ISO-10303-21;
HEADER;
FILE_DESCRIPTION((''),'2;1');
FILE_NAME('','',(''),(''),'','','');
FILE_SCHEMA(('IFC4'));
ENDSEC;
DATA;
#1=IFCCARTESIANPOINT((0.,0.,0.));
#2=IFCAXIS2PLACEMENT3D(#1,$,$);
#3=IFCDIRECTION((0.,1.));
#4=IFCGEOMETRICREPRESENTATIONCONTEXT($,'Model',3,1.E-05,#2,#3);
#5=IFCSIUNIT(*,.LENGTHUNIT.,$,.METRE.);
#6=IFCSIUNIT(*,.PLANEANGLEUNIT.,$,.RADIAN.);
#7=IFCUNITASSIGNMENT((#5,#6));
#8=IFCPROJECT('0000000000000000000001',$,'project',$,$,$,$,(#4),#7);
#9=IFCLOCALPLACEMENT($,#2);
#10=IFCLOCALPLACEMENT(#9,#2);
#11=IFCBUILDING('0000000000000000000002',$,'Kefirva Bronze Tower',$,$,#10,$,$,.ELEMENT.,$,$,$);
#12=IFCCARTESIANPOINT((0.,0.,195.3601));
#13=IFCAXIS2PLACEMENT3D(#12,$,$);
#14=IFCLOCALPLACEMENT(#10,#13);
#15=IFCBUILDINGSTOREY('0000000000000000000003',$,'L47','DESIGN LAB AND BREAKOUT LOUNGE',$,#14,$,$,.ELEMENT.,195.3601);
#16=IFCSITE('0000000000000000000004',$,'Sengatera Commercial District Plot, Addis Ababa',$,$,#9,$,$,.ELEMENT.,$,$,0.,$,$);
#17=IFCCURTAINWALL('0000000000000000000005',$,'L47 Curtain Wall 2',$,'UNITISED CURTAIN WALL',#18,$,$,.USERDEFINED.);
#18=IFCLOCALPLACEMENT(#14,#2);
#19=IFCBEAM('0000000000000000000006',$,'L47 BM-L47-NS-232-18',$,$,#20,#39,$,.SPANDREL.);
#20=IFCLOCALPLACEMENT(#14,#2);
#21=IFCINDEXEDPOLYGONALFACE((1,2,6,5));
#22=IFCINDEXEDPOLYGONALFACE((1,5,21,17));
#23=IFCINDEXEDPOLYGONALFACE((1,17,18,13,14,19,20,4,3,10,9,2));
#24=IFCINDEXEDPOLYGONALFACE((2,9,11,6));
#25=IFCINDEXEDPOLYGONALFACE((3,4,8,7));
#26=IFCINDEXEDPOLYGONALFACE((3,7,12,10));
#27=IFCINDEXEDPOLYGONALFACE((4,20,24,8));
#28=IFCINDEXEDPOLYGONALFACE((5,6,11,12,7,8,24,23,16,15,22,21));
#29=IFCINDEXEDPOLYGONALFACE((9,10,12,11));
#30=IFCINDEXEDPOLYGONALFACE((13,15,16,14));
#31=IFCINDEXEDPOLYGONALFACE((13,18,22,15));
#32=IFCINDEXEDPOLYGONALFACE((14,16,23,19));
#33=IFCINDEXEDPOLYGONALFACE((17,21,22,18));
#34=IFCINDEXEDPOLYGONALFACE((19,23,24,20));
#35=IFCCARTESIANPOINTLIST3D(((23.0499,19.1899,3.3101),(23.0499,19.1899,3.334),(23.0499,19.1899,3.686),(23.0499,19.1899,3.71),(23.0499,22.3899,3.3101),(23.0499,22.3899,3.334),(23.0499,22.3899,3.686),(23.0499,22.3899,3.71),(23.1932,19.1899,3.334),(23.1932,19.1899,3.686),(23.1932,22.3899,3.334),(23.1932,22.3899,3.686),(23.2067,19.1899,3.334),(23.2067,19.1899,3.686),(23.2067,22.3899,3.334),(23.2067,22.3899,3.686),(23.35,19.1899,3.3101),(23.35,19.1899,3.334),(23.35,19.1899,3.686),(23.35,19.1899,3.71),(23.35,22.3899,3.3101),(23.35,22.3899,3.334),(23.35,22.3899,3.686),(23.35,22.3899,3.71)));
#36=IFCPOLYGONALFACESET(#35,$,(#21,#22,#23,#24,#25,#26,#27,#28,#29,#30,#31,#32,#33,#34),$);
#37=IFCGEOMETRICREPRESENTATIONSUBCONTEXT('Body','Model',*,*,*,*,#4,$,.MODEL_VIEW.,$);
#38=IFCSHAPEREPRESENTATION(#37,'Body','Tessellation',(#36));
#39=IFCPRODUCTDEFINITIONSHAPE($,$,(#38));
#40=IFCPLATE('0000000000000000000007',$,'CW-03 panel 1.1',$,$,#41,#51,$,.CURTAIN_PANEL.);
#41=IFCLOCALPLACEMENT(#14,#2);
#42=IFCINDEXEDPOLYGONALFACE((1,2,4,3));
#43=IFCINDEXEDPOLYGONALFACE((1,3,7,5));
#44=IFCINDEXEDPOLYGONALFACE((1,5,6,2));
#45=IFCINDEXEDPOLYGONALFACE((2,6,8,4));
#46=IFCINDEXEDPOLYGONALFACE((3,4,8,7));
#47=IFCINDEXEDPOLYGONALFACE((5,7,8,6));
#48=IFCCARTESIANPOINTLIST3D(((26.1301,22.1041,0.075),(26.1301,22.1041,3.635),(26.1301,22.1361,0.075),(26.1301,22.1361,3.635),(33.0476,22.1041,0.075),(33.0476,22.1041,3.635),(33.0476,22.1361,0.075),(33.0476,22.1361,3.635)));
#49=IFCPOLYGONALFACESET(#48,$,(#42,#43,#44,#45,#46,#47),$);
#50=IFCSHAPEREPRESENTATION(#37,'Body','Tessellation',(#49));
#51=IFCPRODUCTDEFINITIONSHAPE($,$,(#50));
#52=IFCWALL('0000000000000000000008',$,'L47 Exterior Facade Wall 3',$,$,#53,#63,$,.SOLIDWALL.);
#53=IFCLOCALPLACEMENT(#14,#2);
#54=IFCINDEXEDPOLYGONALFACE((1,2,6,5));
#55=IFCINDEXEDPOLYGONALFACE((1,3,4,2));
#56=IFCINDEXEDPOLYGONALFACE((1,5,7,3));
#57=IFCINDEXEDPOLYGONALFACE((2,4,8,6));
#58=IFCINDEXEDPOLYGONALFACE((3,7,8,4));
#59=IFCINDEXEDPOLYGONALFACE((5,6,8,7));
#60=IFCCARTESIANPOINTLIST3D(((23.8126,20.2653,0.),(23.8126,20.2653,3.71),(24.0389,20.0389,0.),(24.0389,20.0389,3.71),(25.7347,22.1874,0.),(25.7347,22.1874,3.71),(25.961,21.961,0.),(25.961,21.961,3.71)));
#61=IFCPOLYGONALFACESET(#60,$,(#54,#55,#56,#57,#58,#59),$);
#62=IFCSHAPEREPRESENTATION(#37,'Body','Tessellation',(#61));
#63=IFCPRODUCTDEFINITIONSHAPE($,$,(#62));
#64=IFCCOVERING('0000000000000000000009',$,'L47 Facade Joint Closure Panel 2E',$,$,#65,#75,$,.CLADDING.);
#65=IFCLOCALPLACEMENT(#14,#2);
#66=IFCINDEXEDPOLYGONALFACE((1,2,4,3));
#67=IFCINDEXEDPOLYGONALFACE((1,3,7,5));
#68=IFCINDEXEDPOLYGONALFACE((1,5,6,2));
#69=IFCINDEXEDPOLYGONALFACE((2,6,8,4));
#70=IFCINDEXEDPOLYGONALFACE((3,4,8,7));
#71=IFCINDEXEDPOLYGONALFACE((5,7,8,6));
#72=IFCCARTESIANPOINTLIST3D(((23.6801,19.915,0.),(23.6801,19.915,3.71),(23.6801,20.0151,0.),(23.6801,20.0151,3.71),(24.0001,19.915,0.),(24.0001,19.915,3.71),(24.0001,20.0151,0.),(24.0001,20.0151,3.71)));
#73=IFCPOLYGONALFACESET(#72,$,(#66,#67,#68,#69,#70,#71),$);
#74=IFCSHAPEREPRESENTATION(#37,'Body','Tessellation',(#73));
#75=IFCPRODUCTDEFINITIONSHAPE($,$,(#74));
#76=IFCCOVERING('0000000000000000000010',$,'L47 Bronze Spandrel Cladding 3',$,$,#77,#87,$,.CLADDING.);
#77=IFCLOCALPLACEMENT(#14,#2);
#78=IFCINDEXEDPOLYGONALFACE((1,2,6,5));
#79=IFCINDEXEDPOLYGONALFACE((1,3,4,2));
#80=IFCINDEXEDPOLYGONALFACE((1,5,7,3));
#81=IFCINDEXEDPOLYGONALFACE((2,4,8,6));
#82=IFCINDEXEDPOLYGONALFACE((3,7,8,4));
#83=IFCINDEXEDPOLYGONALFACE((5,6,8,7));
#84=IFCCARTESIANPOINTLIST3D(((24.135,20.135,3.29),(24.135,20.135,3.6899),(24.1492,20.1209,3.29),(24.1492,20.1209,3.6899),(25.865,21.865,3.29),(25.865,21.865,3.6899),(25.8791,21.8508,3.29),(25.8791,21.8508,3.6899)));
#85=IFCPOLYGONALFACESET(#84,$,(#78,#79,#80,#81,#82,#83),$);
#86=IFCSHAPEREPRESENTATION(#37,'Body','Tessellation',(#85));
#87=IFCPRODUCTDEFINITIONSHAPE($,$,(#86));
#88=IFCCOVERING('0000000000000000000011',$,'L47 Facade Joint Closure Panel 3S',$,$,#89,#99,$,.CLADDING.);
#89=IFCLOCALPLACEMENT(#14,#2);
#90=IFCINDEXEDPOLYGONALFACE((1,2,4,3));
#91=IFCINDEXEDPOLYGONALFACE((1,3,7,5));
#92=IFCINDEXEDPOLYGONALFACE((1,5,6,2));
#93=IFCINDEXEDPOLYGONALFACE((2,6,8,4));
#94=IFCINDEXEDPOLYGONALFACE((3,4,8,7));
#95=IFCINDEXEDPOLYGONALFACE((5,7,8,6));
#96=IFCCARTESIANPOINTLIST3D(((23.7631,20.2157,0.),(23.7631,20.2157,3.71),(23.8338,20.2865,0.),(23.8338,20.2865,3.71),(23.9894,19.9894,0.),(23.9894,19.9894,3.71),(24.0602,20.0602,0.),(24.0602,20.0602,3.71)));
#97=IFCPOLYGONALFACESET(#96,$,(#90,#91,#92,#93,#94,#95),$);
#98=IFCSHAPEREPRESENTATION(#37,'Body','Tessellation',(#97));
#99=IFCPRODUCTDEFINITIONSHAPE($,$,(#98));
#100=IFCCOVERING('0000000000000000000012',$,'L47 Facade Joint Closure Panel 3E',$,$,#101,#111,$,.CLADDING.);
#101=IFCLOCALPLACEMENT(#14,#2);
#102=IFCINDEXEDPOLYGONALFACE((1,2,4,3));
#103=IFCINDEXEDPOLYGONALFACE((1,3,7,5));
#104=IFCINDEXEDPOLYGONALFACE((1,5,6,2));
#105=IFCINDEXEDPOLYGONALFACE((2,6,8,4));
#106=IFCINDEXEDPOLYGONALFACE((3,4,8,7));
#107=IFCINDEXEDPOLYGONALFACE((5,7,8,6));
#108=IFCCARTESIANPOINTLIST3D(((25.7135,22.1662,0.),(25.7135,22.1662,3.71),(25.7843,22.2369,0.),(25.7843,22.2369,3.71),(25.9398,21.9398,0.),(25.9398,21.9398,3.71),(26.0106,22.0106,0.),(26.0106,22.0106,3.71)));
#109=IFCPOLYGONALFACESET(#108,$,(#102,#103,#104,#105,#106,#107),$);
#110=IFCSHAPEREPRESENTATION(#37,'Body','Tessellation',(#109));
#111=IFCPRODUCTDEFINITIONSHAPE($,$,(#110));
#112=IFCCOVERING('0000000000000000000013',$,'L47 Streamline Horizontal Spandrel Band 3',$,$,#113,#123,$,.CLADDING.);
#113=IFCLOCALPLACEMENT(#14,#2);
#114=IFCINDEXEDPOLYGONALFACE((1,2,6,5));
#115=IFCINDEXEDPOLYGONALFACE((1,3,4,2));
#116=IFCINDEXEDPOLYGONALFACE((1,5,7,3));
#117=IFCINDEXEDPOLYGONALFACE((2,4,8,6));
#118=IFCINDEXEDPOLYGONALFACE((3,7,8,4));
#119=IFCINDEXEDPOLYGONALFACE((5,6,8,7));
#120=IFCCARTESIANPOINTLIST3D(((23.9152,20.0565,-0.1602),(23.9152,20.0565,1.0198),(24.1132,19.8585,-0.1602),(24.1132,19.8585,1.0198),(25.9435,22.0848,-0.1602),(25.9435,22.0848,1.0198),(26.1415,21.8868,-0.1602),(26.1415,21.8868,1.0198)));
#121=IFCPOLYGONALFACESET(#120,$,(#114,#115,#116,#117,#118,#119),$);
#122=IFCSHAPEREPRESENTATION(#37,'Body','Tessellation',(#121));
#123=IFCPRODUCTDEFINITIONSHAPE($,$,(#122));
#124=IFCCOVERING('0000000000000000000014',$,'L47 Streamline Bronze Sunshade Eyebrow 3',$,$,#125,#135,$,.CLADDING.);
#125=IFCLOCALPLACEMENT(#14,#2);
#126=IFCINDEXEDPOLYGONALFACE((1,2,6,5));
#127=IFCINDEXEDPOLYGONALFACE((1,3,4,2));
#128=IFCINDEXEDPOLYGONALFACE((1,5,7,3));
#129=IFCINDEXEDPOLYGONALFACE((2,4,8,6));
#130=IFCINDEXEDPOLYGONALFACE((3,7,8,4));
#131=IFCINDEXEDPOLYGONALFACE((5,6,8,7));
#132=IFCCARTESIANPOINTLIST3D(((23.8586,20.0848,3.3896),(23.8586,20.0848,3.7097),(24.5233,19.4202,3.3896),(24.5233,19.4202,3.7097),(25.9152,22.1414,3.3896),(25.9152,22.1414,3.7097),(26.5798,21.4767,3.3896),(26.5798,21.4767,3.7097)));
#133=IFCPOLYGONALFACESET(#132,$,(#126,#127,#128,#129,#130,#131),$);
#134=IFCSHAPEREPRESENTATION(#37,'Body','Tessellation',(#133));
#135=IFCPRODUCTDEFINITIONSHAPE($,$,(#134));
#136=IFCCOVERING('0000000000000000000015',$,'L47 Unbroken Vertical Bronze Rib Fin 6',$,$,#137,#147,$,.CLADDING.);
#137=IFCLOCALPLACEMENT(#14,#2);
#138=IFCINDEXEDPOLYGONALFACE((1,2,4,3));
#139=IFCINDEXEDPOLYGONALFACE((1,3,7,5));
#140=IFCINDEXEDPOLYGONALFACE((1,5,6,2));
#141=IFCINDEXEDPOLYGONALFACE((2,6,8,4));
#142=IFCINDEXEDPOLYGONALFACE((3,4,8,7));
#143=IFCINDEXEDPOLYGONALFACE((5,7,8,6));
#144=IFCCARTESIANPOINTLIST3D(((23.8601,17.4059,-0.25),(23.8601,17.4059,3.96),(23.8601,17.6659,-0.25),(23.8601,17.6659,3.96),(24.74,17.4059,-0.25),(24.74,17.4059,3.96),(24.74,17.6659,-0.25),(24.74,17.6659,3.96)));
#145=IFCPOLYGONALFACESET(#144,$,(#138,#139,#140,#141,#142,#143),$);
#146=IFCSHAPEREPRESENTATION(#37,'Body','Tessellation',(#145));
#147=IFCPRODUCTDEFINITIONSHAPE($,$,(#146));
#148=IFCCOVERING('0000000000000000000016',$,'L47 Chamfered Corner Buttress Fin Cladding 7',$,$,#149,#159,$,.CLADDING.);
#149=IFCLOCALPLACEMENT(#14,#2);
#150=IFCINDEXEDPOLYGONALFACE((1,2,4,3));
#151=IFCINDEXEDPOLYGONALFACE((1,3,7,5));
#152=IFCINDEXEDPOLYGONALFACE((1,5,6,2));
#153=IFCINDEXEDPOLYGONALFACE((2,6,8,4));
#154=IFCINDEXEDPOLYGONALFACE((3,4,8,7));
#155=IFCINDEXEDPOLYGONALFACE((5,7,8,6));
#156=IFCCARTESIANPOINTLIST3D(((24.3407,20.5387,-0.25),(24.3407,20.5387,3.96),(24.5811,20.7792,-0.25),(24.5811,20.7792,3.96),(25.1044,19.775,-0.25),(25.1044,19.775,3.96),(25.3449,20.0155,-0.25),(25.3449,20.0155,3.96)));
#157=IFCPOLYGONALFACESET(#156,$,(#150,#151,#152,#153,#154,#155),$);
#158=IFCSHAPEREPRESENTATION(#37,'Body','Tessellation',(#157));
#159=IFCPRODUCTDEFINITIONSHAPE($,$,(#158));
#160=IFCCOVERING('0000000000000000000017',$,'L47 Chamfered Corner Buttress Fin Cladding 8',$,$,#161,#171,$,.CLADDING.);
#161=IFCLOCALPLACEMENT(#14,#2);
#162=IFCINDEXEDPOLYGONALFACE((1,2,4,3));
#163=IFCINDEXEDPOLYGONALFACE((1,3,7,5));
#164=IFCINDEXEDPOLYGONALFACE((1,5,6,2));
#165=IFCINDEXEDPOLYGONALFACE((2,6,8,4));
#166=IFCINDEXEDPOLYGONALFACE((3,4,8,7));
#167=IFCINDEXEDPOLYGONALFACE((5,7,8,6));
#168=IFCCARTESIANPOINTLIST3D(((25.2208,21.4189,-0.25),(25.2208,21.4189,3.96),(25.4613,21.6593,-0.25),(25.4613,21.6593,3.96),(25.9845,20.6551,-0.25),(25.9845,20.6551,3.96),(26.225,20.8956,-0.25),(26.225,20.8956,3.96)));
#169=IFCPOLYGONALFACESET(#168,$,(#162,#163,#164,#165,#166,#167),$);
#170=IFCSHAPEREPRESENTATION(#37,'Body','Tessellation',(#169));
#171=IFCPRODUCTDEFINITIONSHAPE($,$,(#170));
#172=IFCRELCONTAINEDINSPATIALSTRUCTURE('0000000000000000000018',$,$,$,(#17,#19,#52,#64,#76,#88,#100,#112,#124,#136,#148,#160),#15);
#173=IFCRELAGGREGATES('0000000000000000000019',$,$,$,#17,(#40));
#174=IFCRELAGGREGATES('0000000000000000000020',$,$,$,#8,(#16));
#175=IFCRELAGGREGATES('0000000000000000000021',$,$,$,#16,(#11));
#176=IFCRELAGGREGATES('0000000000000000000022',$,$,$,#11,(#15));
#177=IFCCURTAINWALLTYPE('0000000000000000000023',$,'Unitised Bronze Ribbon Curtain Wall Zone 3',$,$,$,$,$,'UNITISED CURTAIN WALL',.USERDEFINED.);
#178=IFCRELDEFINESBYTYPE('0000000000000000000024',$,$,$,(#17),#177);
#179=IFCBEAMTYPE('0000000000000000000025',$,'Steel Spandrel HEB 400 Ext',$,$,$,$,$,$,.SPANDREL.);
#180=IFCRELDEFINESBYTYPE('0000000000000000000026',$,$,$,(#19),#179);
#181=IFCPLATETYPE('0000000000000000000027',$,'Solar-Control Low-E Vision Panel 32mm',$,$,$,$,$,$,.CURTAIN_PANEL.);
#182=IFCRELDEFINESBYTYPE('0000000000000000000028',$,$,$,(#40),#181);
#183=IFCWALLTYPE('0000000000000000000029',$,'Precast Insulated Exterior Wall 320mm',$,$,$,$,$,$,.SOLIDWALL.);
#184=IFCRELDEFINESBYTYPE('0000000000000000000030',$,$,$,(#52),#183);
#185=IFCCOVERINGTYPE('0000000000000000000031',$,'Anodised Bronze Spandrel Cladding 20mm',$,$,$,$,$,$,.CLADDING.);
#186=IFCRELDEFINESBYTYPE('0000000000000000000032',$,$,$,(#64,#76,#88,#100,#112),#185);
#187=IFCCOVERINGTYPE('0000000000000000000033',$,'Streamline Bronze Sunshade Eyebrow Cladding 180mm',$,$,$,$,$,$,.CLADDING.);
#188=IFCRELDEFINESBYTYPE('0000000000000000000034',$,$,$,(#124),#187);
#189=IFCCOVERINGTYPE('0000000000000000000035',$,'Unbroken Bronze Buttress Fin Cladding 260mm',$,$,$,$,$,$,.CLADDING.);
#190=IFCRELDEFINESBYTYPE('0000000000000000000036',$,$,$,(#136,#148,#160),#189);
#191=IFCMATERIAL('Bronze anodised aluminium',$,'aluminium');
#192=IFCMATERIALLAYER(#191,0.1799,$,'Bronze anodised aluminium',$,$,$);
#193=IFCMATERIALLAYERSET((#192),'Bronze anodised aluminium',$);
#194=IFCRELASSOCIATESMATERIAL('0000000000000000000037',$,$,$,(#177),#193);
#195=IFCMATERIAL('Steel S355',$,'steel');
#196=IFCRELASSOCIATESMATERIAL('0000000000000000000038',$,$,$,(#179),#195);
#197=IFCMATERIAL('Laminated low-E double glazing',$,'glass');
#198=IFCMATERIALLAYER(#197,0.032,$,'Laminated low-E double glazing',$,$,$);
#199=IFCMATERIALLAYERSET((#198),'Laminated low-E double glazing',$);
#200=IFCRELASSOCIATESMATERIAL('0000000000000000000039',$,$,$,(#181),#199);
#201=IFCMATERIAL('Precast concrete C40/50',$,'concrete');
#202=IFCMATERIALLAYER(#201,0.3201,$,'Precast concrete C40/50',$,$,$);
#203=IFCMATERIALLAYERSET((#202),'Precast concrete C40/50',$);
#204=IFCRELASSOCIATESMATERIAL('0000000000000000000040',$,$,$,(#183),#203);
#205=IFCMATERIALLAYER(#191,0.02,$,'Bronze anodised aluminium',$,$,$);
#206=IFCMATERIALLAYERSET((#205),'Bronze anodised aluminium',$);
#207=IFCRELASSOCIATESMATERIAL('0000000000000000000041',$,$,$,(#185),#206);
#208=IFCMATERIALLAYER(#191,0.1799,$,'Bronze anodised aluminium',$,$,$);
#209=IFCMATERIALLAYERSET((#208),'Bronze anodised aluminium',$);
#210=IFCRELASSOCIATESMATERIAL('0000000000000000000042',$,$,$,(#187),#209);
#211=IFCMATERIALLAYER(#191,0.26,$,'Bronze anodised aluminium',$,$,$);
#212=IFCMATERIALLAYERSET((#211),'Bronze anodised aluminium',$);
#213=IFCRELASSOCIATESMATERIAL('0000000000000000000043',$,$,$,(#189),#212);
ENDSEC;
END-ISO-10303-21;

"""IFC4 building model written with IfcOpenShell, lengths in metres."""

from ifc_helpers import new_model, si_unit, direction, frame, frame_2d, origin, origin_2d, place, context, subcontext, project, spatial, rectangle, i_section, extrude, material, layer, layer_set, material_profile, profile_set, type_object, element, aggregate, save


model = new_model("IFC4")

# Units and contexts
model_context = context("Model", 3, precision=1e-05, world=origin(), true_north=direction((0.0, 1.0)))
body_context = subcontext(model_context, "Body", "Model", "MODEL_VIEW")
ifc_project = project(units=[si_unit("LENGTHUNIT", "METRE"), si_unit("PLANEANGLEUNIT", "RADIAN")], contexts=[model_context])

# Site, building, storey
site_placement = place(None, origin())
site = spatial("IfcSite", under=ifc_project, at=site_placement, Name="Sengatera Commercial District Plot, Addis Ababa", CompositionType="ELEMENT", RefElevation=0.0)
building_placement = place(site_placement, origin())
building = spatial("IfcBuilding", under=site, at=building_placement, Name="Kefirva Bronze Tower", CompositionType="ELEMENT")
storey_placement = place(building_placement, frame((0.0, 0.0, 195.3601)))
storey = spatial("IfcBuildingStorey", under=building, at=storey_placement, Name="L47", Description="DESIGN LAB AND BREAKOUT LOUNGE", CompositionType="ELEMENT", Elevation=195.3601)

# Curtain wall
ifc_material_1 = material(Name="Bronze anodised aluminium", Category="aluminium")
ifc_layer_1 = layer(ifc_material_1, 0.1799, Name="Bronze anodised aluminium")
ifc_layer_set_1 = layer_set([ifc_layer_1], Name="Bronze anodised aluminium")
curtain_wall_type = type_object("IfcCurtainWallType", Name="Unitised Bronze Ribbon Curtain Wall Zone 3", ElementType="UNITISED CURTAIN WALL", PredefinedType="USERDEFINED", material=ifc_layer_set_1)
curtain_wall_placement = place(storey_placement, origin())
curtain_wall = element("IfcCurtainWall", 1, at=curtain_wall_placement, inside=storey, type_object=curtain_wall_type, Name="L47 Curtain Wall 2", ObjectType="UNITISED CURTAIN WALL", PredefinedType="USERDEFINED")

# Beam
ifc_material_2 = material(Name="Steel S355", Category="steel")
ifc_material_profile_1 = material_profile(ifc_material_2, i_section(OverallWidth=0.3, OverallDepth=0.3999, WebThickness=0.0134, FlangeThickness=0.0239, at=origin_2d()), Name="HEB 400")
ifc_profile_set_1 = profile_set([ifc_material_profile_1], Name="Steel S355")
beam_type_1 = type_object("IfcBeamType", Name="Steel Spandrel HEB 400 Ext", PredefinedType="SPANDREL", material=ifc_profile_set_1)
beam_1_placement = place(storey_placement, frame((23.2, 19.1899, 3.51), z_axis=(0.0, 1.0, 0.0), x_axis=(-1.0, 0.0, 0.0)))
element("IfcBeam", 2, at=beam_1_placement, inside=storey, type_object=beam_type_1, Name="L47 BM-L47-NS-232-18", PredefinedType="SPANDREL", context=body_context, shape_type="SweptSolid", body=[
    extrude(i_section(OverallWidth=0.3, OverallDepth=0.3999, WebThickness=0.0134, FlangeThickness=0.0239, at=origin_2d()), origin(), (0.0, 0.0, 1.0), 3.2),
])

# Plate
ifc_material_3 = material(Name="Laminated low-E double glazing", Category="glass")
ifc_layer_2 = layer(ifc_material_3, 0.032, Name="Laminated low-E double glazing")
ifc_layer_set_2 = layer_set([ifc_layer_2], Name="Laminated low-E double glazing")
plate_type = type_object("IfcPlateType", Name="Solar-Control Low-E Vision Panel 32mm", PredefinedType="CURTAIN_PANEL", material=ifc_layer_set_2)
plate_placement = place(storey_placement, frame((29.5889, 22.1201, 0.075), z_axis=(0.0, 0.0, 1.0), x_axis=(1.0, 0.0, 0.0)))
plate = element("IfcPlate", 3, at=plate_placement, type_object=plate_type, Name="CW-03 panel 1.1", PredefinedType="CURTAIN_PANEL", context=body_context, shape_type="SweptSolid", body=[
    extrude(rectangle(XDim=6.9175, YDim=0.032, at=origin_2d()), origin(), (0.0, 0.0, 1.0), 3.5601),
])
aggregate(curtain_wall, [plate])

# Wall
ifc_material_4 = material(Name="Precast concrete C40/50", Category="concrete")
ifc_layer_3 = layer(ifc_material_4, 0.3201, Name="Precast concrete C40/50")
ifc_layer_set_3 = layer_set([ifc_layer_3], Name="Precast concrete C40/50")
wall_type = type_object("IfcWallType", Name="Precast Insulated Exterior Wall 320mm", PredefinedType="SOLIDWALL", material=ifc_layer_set_3)
wall_placement = place(storey_placement, frame((23.9258, 20.1521, 0.0), z_axis=(0.0, 0.0, 1.0), x_axis=(0.707107, 0.707107, 0.0)))
element("IfcWall", 4, at=wall_placement, inside=storey, type_object=wall_type, Name="L47 Exterior Facade Wall 3", PredefinedType="SOLIDWALL", context=body_context, shape_type="SweptSolid", body=[
    extrude(rectangle(XDim=2.7183, YDim=0.3201, at=frame_2d((1.3591, 0.0))), origin(), (0.0, 0.0, 1.0), 3.71),
])

# Coverings
ifc_layer_4 = layer(ifc_material_1, 0.02, Name="Bronze anodised aluminium")
ifc_layer_set_4 = layer_set([ifc_layer_4], Name="Bronze anodised aluminium")
covering_type_1 = type_object("IfcCoveringType", Name="Anodised Bronze Spandrel Cladding 20mm", PredefinedType="CLADDING", material=ifc_layer_set_4)
covering_1_placement = place(storey_placement, frame((23.8401, 19.9651, 0.0), z_axis=(0.0, 0.0, 1.0), x_axis=(0.0, 1.0, 0.0)))
element("IfcCovering", 5, at=covering_1_placement, inside=storey, type_object=covering_type_1, Name="L47 Facade Joint Closure Panel 2E", PredefinedType="CLADDING", context=body_context, shape_type="SweptSolid", body=[
    extrude(rectangle(XDim=0.1001, YDim=0.3201, at=origin_2d()), origin(), (0.0, 0.0, 1.0), 3.71),
])
covering_2_placement = place(storey_placement, frame((25.0071, 20.9929, 3.29), z_axis=(0.0, 0.0, 1.0), x_axis=(0.707107, 0.707107, 0.0)))
element("IfcCovering", 6, at=covering_2_placement, inside=storey, type_object=covering_type_1, Name="L47 Bronze Spandrel Cladding 3", PredefinedType="CLADDING", context=body_context, shape_type="SweptSolid", body=[
    extrude(rectangle(XDim=2.4465, YDim=0.02, at=origin_2d()), origin(), (0.0, 0.0, 1.0), 0.3999),
])
for number, where, z_axis, x_axis, name in (
    (7, (23.9116, 20.1379, 0.0), (0.0, 0.0, 1.0), (0.707107, 0.707107, 0.0), "L47 Facade Joint Closure Panel 3S"),
    (8, (25.8621, 22.0884, 0.0), (0.0, 0.0, 1.0), (0.707107, 0.707107, 0.0), "L47 Facade Joint Closure Panel 3E"),
):
    element("IfcCovering", number, at=place(storey_placement, frame(where, z_axis=z_axis, x_axis=x_axis)), inside=storey, type_object=covering_type_1, Name=name, PredefinedType="CLADDING", context=body_context, shape_type="SweptSolid", body=[
        extrude(rectangle(XDim=0.1001, YDim=0.3201, at=origin_2d()), origin(), (0.0, 0.0, 1.0), 3.71),
    ])
covering_3_placement = place(storey_placement, frame((25.0283, 20.9717, -0.1602), z_axis=(0.0, 0.0, 1.0), x_axis=(0.707107, 0.707107, 0.0)))
element("IfcCovering", 9, at=covering_3_placement, inside=storey, type_object=covering_type_1, Name="L47 Streamline Horizontal Spandrel Band 3", PredefinedType="CLADDING", context=body_context, shape_type="SweptSolid", body=[
    extrude(rectangle(XDim=2.8684, YDim=0.28, at=origin_2d()), origin(), (0.0, 0.0, 1.0), 1.1799),
])
ifc_layer_5 = layer(ifc_material_1, 0.1799, Name="Bronze anodised aluminium")
ifc_layer_set_5 = layer_set([ifc_layer_5], Name="Bronze anodised aluminium")
covering_type_2 = type_object("IfcCoveringType", Name="Streamline Bronze Sunshade Eyebrow Cladding 180mm", PredefinedType="CLADDING", material=ifc_layer_set_5)
covering_4_placement = place(storey_placement, frame((25.2192, 20.7808, 3.3896), z_axis=(0.0, 0.0, 1.0), x_axis=(0.707107, 0.707107, 0.0)))
element("IfcCovering", 10, at=covering_4_placement, inside=storey, type_object=covering_type_2, Name="L47 Streamline Bronze Sunshade Eyebrow 3", PredefinedType="CLADDING", context=body_context, shape_type="SweptSolid", body=[
    extrude(rectangle(XDim=2.9084, YDim=0.9399, at=origin_2d()), origin(), (0.0, 0.0, 1.0), 0.3201),
])
ifc_layer_6 = layer(ifc_material_1, 0.26, Name="Bronze anodised aluminium")
ifc_layer_set_6 = layer_set([ifc_layer_6], Name="Bronze anodised aluminium")
covering_type_3 = type_object("IfcCoveringType", Name="Unbroken Bronze Buttress Fin Cladding 260mm", PredefinedType="CLADDING", material=ifc_layer_set_6)
covering_5_placement = place(storey_placement, frame((24.3, 17.5359, -0.25), z_axis=(0.0, 0.0, 1.0), x_axis=(0.0, 1.0, 0.0)))
element("IfcCovering", 11, at=covering_5_placement, inside=storey, type_object=covering_type_3, Name="L47 Unbroken Vertical Bronze Rib Fin 6", PredefinedType="CLADDING", context=body_context, shape_type="SweptSolid", body=[
    extrude(rectangle(XDim=0.26, YDim=0.8799, at=origin_2d()), origin(), (0.0, 0.0, 1.0), 4.21),
])
for number, where, z_axis, x_axis, name in (
    (12, (24.8428, 20.2771, -0.25), (0.0, 0.0, 1.0), (0.707107, 0.707107, 0.0), "L47 Chamfered Corner Buttress Fin Cladding 7"),
    (13, (25.7229, 21.1572, -0.25), (0.0, 0.0, 1.0), (0.707107, 0.707107, 0.0), "L47 Chamfered Corner Buttress Fin Cladding 8"),
):
    element("IfcCovering", number, at=place(storey_placement, frame(where, z_axis=z_axis, x_axis=x_axis)), inside=storey, type_object=covering_type_3, Name=name, PredefinedType="CLADDING", context=body_context, shape_type="SweptSolid", body=[
        extrude(rectangle(XDim=0.3401, YDim=1.0801, at=origin_2d()), origin(), (0.0, 0.0, 1.0), 4.21),
    ])

save(model, "model.ifc")
